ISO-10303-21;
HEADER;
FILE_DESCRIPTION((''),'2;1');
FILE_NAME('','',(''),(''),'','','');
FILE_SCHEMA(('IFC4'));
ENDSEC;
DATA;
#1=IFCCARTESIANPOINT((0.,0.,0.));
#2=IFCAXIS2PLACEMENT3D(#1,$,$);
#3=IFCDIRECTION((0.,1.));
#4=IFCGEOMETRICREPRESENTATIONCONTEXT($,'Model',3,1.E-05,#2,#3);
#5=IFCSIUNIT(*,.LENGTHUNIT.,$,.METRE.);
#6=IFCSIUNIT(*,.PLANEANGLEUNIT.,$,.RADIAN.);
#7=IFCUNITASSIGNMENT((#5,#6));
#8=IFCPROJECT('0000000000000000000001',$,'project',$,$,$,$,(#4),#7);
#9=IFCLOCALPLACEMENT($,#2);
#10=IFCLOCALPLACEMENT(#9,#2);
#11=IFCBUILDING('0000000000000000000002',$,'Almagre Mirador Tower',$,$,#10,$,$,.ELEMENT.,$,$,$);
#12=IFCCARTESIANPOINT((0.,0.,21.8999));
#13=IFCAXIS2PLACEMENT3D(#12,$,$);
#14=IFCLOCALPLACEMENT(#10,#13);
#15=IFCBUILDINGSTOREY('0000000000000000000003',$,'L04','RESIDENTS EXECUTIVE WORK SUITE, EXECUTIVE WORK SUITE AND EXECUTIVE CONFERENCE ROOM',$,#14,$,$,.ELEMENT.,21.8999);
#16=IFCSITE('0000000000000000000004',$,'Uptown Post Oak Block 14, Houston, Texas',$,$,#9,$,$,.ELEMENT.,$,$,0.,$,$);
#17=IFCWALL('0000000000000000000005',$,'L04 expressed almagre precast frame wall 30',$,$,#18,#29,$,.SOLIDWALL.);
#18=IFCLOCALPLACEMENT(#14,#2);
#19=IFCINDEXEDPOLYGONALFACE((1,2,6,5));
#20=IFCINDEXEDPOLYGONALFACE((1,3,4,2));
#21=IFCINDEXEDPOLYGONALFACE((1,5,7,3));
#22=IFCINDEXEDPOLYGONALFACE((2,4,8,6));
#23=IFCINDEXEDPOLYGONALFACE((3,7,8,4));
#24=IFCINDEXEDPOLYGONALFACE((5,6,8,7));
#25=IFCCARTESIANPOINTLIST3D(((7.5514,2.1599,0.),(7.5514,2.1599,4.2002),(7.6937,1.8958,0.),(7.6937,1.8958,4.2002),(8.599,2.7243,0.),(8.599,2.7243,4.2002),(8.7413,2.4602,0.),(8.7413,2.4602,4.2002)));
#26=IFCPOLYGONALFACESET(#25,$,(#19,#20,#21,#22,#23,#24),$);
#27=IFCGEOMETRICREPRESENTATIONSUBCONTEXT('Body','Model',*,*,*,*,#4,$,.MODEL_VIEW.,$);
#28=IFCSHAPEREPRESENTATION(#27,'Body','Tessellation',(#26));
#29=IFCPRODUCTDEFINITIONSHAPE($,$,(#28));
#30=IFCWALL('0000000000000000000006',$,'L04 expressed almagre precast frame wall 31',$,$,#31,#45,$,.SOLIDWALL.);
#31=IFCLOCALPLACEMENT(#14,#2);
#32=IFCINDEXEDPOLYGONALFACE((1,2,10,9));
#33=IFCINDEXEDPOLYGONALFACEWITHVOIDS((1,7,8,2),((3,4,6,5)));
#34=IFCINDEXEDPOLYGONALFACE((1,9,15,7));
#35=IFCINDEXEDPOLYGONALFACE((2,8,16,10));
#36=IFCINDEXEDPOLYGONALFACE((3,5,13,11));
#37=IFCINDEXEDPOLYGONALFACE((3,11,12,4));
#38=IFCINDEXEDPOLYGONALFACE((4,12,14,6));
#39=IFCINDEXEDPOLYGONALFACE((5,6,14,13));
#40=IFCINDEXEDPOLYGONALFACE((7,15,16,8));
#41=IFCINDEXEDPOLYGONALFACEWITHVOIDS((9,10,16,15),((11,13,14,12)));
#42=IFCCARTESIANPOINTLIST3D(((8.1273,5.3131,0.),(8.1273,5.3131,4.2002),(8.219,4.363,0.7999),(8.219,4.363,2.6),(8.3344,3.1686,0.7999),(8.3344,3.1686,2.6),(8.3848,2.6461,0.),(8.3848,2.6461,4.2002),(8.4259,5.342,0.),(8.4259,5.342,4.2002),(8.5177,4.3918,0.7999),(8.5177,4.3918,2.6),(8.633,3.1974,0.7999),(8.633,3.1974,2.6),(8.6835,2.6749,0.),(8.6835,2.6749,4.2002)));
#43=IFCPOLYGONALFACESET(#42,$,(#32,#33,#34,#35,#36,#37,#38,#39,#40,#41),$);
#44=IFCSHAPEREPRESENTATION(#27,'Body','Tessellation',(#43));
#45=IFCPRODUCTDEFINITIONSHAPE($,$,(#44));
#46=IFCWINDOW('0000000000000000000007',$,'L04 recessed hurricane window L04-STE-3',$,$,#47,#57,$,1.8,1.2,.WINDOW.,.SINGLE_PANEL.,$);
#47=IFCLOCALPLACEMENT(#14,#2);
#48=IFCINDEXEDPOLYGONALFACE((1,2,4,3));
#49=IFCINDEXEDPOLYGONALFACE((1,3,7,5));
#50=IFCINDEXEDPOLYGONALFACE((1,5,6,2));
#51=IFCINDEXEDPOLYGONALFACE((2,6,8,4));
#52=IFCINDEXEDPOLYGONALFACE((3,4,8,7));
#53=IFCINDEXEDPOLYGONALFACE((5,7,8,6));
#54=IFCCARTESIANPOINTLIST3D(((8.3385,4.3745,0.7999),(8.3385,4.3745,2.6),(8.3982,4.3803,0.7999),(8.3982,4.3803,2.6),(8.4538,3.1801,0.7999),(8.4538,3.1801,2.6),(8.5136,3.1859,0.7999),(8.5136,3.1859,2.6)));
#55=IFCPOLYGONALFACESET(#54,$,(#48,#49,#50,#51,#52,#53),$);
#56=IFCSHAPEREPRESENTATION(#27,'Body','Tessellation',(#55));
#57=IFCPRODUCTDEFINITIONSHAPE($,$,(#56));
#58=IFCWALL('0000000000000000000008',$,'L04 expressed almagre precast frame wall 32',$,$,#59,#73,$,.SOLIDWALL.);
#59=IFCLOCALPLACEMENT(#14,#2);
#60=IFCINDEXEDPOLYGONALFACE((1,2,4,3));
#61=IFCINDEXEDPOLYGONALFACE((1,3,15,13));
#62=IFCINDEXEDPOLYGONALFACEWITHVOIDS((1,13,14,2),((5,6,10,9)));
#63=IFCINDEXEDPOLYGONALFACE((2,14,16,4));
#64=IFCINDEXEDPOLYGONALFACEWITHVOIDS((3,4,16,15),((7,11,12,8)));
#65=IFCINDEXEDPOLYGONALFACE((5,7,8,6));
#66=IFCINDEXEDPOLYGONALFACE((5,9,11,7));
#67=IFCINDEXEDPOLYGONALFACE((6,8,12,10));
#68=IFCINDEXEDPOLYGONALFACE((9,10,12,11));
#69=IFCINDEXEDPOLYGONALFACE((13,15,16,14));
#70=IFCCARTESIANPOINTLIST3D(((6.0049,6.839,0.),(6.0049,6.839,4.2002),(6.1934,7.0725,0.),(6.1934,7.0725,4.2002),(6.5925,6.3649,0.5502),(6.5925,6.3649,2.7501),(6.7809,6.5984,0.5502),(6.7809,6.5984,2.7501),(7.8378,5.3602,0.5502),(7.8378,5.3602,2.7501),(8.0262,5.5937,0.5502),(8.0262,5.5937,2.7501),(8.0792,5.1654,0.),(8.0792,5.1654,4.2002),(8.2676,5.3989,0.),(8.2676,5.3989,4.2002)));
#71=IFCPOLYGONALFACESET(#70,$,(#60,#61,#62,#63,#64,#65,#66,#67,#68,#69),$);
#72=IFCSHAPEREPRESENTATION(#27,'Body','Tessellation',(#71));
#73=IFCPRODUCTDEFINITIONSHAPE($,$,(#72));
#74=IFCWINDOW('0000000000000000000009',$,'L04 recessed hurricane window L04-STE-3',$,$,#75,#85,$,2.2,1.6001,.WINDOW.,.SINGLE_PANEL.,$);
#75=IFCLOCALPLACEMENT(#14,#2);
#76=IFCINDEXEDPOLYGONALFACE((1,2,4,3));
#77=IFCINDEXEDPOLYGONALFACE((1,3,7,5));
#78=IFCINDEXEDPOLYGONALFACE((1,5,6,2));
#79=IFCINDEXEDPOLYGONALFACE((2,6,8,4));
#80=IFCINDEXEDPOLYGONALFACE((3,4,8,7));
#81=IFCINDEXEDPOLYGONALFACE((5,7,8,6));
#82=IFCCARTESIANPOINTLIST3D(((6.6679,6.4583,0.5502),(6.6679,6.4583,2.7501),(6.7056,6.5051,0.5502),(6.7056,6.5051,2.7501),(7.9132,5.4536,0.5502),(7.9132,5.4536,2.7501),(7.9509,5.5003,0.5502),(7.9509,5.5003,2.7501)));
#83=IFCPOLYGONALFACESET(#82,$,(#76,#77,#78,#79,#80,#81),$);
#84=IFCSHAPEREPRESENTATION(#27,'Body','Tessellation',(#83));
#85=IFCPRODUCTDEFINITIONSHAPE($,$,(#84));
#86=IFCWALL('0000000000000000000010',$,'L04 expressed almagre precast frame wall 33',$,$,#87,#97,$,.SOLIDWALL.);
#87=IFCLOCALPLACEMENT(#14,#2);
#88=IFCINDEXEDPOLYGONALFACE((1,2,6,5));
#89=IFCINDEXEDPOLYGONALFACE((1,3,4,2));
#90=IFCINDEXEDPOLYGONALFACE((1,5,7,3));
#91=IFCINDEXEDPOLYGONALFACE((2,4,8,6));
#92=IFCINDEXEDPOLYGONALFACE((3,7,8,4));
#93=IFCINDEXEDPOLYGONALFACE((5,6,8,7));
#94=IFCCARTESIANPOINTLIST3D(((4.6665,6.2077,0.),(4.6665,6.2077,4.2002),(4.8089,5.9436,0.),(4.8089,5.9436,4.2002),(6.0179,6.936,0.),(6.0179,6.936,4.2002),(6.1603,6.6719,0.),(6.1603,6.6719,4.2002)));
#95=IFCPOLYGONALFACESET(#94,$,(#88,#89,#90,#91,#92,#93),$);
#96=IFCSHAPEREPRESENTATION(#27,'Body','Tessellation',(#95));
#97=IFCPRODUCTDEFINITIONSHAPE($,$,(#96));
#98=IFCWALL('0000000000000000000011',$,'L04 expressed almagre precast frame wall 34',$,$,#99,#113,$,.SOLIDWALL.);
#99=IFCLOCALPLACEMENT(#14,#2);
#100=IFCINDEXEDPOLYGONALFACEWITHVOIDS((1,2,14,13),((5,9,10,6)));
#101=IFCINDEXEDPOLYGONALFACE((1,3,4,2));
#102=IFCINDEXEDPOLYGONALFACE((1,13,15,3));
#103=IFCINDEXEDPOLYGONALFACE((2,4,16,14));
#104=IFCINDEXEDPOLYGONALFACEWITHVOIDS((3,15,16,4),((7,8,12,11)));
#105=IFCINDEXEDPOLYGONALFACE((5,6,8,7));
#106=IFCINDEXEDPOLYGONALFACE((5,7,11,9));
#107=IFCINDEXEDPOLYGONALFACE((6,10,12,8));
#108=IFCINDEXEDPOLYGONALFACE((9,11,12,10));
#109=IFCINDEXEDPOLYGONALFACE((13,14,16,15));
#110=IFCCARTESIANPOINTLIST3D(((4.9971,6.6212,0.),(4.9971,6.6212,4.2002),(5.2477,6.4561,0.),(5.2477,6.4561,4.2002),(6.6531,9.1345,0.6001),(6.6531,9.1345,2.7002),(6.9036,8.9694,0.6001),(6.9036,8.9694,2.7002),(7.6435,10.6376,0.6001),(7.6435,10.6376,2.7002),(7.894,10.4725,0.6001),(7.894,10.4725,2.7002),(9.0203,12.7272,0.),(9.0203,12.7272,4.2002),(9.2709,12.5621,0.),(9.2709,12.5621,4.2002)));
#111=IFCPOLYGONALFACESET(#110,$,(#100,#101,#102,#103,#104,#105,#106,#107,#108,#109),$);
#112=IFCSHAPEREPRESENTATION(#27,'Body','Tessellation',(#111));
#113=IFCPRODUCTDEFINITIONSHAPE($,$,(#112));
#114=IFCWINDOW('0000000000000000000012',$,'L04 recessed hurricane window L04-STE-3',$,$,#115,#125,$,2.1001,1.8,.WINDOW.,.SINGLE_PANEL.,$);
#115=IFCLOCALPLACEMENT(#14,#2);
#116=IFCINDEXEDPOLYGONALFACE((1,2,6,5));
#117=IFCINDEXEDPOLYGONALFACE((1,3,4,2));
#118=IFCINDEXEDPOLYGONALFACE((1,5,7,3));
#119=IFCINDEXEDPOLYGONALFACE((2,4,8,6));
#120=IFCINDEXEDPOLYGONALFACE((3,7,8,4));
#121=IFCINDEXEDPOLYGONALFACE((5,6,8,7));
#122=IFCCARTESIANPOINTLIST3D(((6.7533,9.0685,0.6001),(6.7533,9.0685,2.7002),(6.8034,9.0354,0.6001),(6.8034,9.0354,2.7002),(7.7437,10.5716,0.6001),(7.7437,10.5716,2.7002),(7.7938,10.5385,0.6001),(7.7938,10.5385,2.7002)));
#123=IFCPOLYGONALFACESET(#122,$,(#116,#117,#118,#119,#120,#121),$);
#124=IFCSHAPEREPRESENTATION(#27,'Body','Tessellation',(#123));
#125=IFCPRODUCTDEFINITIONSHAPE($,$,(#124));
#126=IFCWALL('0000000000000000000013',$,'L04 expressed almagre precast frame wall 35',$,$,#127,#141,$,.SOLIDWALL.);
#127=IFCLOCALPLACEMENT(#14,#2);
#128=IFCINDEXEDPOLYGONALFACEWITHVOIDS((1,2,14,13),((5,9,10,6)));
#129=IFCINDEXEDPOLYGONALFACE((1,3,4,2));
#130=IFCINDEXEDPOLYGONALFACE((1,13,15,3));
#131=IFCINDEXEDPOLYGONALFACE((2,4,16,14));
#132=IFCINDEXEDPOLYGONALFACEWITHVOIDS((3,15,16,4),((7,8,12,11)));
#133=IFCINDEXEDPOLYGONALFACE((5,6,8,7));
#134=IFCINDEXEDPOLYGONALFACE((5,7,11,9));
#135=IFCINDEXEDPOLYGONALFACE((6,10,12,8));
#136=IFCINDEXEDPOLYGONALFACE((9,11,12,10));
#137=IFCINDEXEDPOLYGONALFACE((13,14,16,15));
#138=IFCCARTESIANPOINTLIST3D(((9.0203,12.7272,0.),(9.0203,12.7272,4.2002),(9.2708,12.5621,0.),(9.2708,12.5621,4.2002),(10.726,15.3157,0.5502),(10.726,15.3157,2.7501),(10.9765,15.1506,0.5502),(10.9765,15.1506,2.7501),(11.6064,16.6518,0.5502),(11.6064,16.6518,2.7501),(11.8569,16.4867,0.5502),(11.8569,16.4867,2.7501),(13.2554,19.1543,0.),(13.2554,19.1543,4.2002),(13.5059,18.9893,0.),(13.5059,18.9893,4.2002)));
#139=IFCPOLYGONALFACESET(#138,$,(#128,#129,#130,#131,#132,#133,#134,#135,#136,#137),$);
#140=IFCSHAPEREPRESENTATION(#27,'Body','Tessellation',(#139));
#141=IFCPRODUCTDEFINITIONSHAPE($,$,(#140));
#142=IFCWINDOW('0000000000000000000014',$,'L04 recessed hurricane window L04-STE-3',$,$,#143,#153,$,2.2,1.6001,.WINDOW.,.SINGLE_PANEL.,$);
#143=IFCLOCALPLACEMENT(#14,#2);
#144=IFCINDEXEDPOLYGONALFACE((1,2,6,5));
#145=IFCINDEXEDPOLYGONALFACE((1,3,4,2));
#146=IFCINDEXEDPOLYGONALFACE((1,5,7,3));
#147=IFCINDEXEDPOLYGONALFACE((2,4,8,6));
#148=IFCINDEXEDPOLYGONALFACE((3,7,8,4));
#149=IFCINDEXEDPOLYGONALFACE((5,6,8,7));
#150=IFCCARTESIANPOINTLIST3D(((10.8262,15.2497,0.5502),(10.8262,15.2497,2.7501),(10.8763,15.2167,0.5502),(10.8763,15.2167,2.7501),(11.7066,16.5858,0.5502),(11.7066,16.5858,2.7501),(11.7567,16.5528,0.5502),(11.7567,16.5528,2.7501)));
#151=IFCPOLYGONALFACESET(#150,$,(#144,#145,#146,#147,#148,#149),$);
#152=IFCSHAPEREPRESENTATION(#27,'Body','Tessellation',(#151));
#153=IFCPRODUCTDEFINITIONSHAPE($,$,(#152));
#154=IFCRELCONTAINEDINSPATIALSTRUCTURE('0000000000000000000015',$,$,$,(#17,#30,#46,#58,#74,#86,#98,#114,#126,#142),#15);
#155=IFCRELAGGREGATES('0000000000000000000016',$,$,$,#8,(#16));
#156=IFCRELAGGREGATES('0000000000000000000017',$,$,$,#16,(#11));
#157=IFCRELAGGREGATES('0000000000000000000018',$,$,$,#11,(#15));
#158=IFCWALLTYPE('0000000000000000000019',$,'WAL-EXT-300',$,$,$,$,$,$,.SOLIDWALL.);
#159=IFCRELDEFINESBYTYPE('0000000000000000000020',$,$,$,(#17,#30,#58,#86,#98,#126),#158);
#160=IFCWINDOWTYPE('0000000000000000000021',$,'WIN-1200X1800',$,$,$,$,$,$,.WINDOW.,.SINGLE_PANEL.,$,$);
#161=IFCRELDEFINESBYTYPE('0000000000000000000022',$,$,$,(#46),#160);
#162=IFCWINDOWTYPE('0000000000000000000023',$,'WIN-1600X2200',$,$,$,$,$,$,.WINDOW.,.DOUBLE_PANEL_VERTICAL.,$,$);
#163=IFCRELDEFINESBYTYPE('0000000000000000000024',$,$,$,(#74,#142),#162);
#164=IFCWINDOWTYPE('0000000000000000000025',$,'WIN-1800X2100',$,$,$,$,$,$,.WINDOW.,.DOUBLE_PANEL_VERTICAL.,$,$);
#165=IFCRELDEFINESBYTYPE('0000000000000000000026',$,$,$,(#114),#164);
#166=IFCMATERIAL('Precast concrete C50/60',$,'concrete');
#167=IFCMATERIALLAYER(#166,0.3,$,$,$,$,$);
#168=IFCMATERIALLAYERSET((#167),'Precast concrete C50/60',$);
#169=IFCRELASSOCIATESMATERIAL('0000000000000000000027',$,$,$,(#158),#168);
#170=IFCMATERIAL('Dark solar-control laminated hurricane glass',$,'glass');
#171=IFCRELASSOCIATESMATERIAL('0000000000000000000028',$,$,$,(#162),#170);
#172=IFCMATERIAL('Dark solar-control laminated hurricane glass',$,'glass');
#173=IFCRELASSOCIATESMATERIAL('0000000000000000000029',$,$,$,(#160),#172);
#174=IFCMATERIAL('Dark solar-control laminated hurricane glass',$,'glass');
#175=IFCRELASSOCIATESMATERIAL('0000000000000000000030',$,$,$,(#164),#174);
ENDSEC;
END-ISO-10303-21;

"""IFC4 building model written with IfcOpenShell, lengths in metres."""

from ifc_helpers import new_model, si_unit, direction, frame, frame_2d, origin, place, context, subcontext, project, spatial, rectangle, extrude, material, layer, layer_set, type_object, element, fill, save


model = new_model("IFC4")

# Units and contexts
model_context = context("Model", 3, precision=1e-05, world=origin(), true_north=direction((0.0, 1.0)))
body_context = subcontext(model_context, "Body", "Model", "MODEL_VIEW")
ifc_project = project(units=[si_unit("LENGTHUNIT", "METRE"), si_unit("PLANEANGLEUNIT", "RADIAN")], contexts=[model_context])

# Site, building, storey
site_placement = place(None, origin())
site = spatial("IfcSite", under=ifc_project, at=site_placement, Name="Uptown Post Oak Block 14, Houston, Texas", CompositionType="ELEMENT", RefElevation=0.0)
building_placement = place(site_placement, origin())
building = spatial("IfcBuilding", under=site, at=building_placement, Name="Almagre Mirador Tower", CompositionType="ELEMENT")
storey_placement = place(building_placement, frame((0.0, 0.0, 21.8999)))
storey = spatial("IfcBuildingStorey", under=building, at=storey_placement, Name="L04", Description="RESIDENTS EXECUTIVE WORK SUITE, EXECUTIVE WORK SUITE AND EXECUTIVE CONFERENCE ROOM", CompositionType="ELEMENT", Elevation=21.8999)

# Shared definitions
ifc_material_1 = material(Name="Precast concrete C50/60", Category="concrete")
ifc_layer_1 = layer(ifc_material_1, 0.3)
ifc_layer_set_1 = layer_set([ifc_layer_1], Name="Precast concrete C50/60")
wall_type = type_object("IfcWallType", Name="WAL-EXT-300", PredefinedType="SOLIDWALL", material=ifc_layer_set_1)
ifc_material_2 = material(Name="Dark solar-control laminated hurricane glass", Category="glass")
window_type_1 = type_object("IfcWindowType", Name="WIN-1600X2200", PartitioningType="DOUBLE_PANEL_VERTICAL", PredefinedType="WINDOW", material=ifc_material_2)

# Wall
wall_1_placement = place(storey_placement, frame((7.6226, 2.0278, 0.0), z_axis=(0.0, 0.0, 1.0), x_axis=(0.880346, 0.474332, 0.0)))
element("IfcWall", 1, at=wall_1_placement, inside=storey, type_object=wall_type, Name="L04 expressed almagre precast frame wall 30", PredefinedType="SOLIDWALL", context=body_context, shape_type="SweptSolid", body=[
    extrude(rectangle(XDim=1.1899, YDim=0.3, at=frame_2d((0.595, 0.0))), origin(), (0.0, 0.0, 1.0), 4.2002),
])

# Walls, openings, windows
wall_2_placement = place(storey_placement, frame((8.5342, 2.6604, 0.0), z_axis=(0.0, 0.0, 1.0), x_axis=(-0.096129, 0.995369, 0.0)))
wall_2 = element("IfcWall", 2, at=wall_2_placement, inside=storey, type_object=wall_type, Name="L04 expressed almagre precast frame wall 31", PredefinedType="SOLIDWALL", context=body_context, shape_type="SweptSolid", body=[
    extrude(rectangle(XDim=2.6794, YDim=0.3, at=frame_2d((1.3398, 0.0))), origin(), (0.0, 0.0, 1.0), 4.2002),
])
opening_1_placement = place(wall_2_placement, frame((0.5249, 0.0, 0.8)))
opening_1 = element("IfcOpeningElement", 3, at=opening_1_placement, cuts=wall_2, PredefinedType="OPENING", context=body_context, shape_type="SweptSolid", body=[
    extrude(rectangle(XDim=1.2, YDim=1.8, at=frame_2d((0.6001, 0.8999))), frame((0.0, 0.1599, 0.0), z_axis=(0.0, -1.0, 0.0), x_axis=(1.0, 0.0, 0.0)), (0.0, 0.0, 1.0), 0.32),
])
ifc_material_3 = material(Name="Dark solar-control laminated hurricane glass", Category="glass")
window_type_2 = type_object("IfcWindowType", Name="WIN-1200X1800", PartitioningType="SINGLE_PANEL", PredefinedType="WINDOW", material=ifc_material_3)
window_1_placement = place(opening_1_placement, origin())
window_1 = element("IfcWindow", 4, at=window_1_placement, inside=storey, type_object=window_type_2, Name="L04 recessed hurricane window L04-STE-3", OverallHeight=1.8, OverallWidth=1.2, PartitioningType="SINGLE_PANEL", PredefinedType="WINDOW", context=body_context, shape_type="SweptSolid", body=[
    extrude(rectangle(XDim=1.2, YDim=1.8, at=frame_2d((0.6001, 0.8999))), frame((0.0, 0.03, 0.0), z_axis=(0.0, -1.0, 0.0), x_axis=(1.0, 0.0, 0.0)), (0.0, 0.0, 1.0), 0.0601),
])
fill(opening_1, window_1)
wall_3_placement = place(storey_placement, frame((8.1733, 5.2822, 0.0), z_axis=(0.0, 0.0, 1.0), x_axis=(-0.778261, 0.62794, 0.0)))
wall_3 = element("IfcWall", 5, at=wall_3_placement, inside=storey, type_object=wall_type, Name="L04 expressed almagre precast frame wall 32", PredefinedType="SOLIDWALL", context=body_context, shape_type="SweptSolid", body=[
    extrude(rectangle(XDim=2.6653, YDim=0.3, at=frame_2d((1.3325, 0.0))), origin(), (0.0, 0.0, 1.0), 4.2002),
])
opening_2_placement = place(wall_3_placement, frame((0.3101, 0.0, 0.55)))
opening_2 = element("IfcOpeningElement", 6, at=opening_2_placement, cuts=wall_3, PredefinedType="OPENING", context=body_context, shape_type="SweptSolid", body=[
    extrude(rectangle(XDim=1.6001, YDim=2.2, at=frame_2d((0.8, 1.1001))), frame((0.0, 0.1599, 0.0), z_axis=(0.0, -1.0, 0.0), x_axis=(1.0, 0.0, 0.0)), (0.0, 0.0, 1.0), 0.32),
])
window_2_placement = place(opening_2_placement, origin())
window_2 = element("IfcWindow", 7, at=window_2_placement, inside=storey, type_object=window_type_1, Name="L04 recessed hurricane window L04-STE-3", OverallHeight=2.2, OverallWidth=1.6001, PartitioningType="SINGLE_PANEL", PredefinedType="WINDOW", context=body_context, shape_type="SweptSolid", body=[
    extrude(rectangle(XDim=1.6001, YDim=2.2, at=frame_2d((0.8, 1.1001))), frame((0.0, 0.03, 0.0), z_axis=(0.0, -1.0, 0.0), x_axis=(1.0, 0.0, 0.0)), (0.0, 0.0, 1.0), 0.0601),
])
fill(opening_2, window_2)

# Wall
wall_4_placement = place(storey_placement, frame((6.0891, 6.804, 0.0), z_axis=(0.0, 0.0, 1.0), x_axis=(-0.880297, -0.474422, 0.0)))
element("IfcWall", 8, at=wall_4_placement, inside=storey, type_object=wall_type, Name="L04 expressed almagre precast frame wall 33", PredefinedType="SOLIDWALL", context=body_context, shape_type="SweptSolid", body=[
    extrude(rectangle(XDim=1.5352, YDim=0.3, at=frame_2d((0.7676, 0.0))), origin(), (0.0, 0.0, 1.0), 4.2002),
])

# Walls, openings, windows
wall_5_placement = place(storey_placement, frame((5.1223, 6.5386, 0.0), z_axis=(0.0, 0.0, 1.0), x_axis=(0.5502, 0.835033, 0.0)))
wall_5 = element("IfcWall", 9, at=wall_5_placement, inside=storey, type_object=wall_type, Name="L04 expressed almagre precast frame wall 34", PredefinedType="SOLIDWALL", context=body_context, shape_type="SweptSolid", body=[
    extrude(rectangle(XDim=7.3123, YDim=0.3, at=frame_2d((3.6562, 0.0))), origin(), (0.0, 0.0, 1.0), 4.2002),
])
opening_3_placement = place(wall_5_placement, frame((3.01, 0.0, 0.6001)))
opening_3 = element("IfcOpeningElement", 10, at=opening_3_placement, cuts=wall_5, PredefinedType="OPENING", context=body_context, shape_type="SweptSolid", body=[
    extrude(rectangle(XDim=1.8, YDim=2.1001, at=frame_2d((0.8999, 1.05))), frame((0.0, 0.1599, 0.0), z_axis=(0.0, -1.0, 0.0), x_axis=(1.0, 0.0, 0.0)), (0.0, 0.0, 1.0), 0.32),
])
ifc_material_4 = material(Name="Dark solar-control laminated hurricane glass", Category="glass")
window_type_3 = type_object("IfcWindowType", Name="WIN-1800X2100", PartitioningType="DOUBLE_PANEL_VERTICAL", PredefinedType="WINDOW", material=ifc_material_4)
window_3_placement = place(opening_3_placement, origin())
window_3 = element("IfcWindow", 11, at=window_3_placement, inside=storey, type_object=window_type_3, Name="L04 recessed hurricane window L04-STE-3", OverallHeight=2.1001, OverallWidth=1.8, PartitioningType="SINGLE_PANEL", PredefinedType="WINDOW", context=body_context, shape_type="SweptSolid", body=[
    extrude(rectangle(XDim=1.8, YDim=2.1001, at=frame_2d((0.8999, 1.05))), frame((0.0, 0.03, 0.0), z_axis=(0.0, -1.0, 0.0), x_axis=(1.0, 0.0, 0.0)), (0.0, 0.0, 1.0), 0.0601),
])
fill(opening_3, window_3)
wall_6_placement = place(storey_placement, frame((9.1455, 12.6445, 0.0), z_axis=(0.0, 0.0, 1.0), x_axis=(0.55022, 0.83502, 0.0)))
wall_6 = element("IfcWall", 12, at=wall_6_placement, inside=storey, type_object=wall_type, Name="L04 expressed almagre precast frame wall 35", PredefinedType="SOLIDWALL", context=body_context, shape_type="SweptSolid", body=[
    extrude(rectangle(XDim=7.697, YDim=0.3, at=frame_2d((3.8486, 0.0))), origin(), (0.0, 0.0, 1.0), 4.2002),
])
opening_4_placement = place(wall_6_placement, frame((3.1001, 0.0, 0.55)))
opening_4 = element("IfcOpeningElement", 13, at=opening_4_placement, cuts=wall_6, PredefinedType="OPENING", context=body_context, shape_type="SweptSolid", body=[
    extrude(rectangle(XDim=1.6001, YDim=2.2, at=frame_2d((0.8, 1.1001))), frame((0.0, 0.1599, 0.0), z_axis=(0.0, -1.0, 0.0), x_axis=(1.0, 0.0, 0.0)), (0.0, 0.0, 1.0), 0.32),
])
window_4_placement = place(opening_4_placement, origin())
window_4 = element("IfcWindow", 14, at=window_4_placement, inside=storey, type_object=window_type_1, Name="L04 recessed hurricane window L04-STE-3", OverallHeight=2.2, OverallWidth=1.6001, PartitioningType="SINGLE_PANEL", PredefinedType="WINDOW", context=body_context, shape_type="SweptSolid", body=[
    extrude(rectangle(XDim=1.6001, YDim=2.2, at=frame_2d((0.8, 1.1001))), frame((0.0, 0.03, 0.0), z_axis=(0.0, -1.0, 0.0), x_axis=(1.0, 0.0, 0.0)), (0.0, 0.0, 1.0), 0.0601),
])
fill(opening_4, window_4)

save(model, "model.ifc")
